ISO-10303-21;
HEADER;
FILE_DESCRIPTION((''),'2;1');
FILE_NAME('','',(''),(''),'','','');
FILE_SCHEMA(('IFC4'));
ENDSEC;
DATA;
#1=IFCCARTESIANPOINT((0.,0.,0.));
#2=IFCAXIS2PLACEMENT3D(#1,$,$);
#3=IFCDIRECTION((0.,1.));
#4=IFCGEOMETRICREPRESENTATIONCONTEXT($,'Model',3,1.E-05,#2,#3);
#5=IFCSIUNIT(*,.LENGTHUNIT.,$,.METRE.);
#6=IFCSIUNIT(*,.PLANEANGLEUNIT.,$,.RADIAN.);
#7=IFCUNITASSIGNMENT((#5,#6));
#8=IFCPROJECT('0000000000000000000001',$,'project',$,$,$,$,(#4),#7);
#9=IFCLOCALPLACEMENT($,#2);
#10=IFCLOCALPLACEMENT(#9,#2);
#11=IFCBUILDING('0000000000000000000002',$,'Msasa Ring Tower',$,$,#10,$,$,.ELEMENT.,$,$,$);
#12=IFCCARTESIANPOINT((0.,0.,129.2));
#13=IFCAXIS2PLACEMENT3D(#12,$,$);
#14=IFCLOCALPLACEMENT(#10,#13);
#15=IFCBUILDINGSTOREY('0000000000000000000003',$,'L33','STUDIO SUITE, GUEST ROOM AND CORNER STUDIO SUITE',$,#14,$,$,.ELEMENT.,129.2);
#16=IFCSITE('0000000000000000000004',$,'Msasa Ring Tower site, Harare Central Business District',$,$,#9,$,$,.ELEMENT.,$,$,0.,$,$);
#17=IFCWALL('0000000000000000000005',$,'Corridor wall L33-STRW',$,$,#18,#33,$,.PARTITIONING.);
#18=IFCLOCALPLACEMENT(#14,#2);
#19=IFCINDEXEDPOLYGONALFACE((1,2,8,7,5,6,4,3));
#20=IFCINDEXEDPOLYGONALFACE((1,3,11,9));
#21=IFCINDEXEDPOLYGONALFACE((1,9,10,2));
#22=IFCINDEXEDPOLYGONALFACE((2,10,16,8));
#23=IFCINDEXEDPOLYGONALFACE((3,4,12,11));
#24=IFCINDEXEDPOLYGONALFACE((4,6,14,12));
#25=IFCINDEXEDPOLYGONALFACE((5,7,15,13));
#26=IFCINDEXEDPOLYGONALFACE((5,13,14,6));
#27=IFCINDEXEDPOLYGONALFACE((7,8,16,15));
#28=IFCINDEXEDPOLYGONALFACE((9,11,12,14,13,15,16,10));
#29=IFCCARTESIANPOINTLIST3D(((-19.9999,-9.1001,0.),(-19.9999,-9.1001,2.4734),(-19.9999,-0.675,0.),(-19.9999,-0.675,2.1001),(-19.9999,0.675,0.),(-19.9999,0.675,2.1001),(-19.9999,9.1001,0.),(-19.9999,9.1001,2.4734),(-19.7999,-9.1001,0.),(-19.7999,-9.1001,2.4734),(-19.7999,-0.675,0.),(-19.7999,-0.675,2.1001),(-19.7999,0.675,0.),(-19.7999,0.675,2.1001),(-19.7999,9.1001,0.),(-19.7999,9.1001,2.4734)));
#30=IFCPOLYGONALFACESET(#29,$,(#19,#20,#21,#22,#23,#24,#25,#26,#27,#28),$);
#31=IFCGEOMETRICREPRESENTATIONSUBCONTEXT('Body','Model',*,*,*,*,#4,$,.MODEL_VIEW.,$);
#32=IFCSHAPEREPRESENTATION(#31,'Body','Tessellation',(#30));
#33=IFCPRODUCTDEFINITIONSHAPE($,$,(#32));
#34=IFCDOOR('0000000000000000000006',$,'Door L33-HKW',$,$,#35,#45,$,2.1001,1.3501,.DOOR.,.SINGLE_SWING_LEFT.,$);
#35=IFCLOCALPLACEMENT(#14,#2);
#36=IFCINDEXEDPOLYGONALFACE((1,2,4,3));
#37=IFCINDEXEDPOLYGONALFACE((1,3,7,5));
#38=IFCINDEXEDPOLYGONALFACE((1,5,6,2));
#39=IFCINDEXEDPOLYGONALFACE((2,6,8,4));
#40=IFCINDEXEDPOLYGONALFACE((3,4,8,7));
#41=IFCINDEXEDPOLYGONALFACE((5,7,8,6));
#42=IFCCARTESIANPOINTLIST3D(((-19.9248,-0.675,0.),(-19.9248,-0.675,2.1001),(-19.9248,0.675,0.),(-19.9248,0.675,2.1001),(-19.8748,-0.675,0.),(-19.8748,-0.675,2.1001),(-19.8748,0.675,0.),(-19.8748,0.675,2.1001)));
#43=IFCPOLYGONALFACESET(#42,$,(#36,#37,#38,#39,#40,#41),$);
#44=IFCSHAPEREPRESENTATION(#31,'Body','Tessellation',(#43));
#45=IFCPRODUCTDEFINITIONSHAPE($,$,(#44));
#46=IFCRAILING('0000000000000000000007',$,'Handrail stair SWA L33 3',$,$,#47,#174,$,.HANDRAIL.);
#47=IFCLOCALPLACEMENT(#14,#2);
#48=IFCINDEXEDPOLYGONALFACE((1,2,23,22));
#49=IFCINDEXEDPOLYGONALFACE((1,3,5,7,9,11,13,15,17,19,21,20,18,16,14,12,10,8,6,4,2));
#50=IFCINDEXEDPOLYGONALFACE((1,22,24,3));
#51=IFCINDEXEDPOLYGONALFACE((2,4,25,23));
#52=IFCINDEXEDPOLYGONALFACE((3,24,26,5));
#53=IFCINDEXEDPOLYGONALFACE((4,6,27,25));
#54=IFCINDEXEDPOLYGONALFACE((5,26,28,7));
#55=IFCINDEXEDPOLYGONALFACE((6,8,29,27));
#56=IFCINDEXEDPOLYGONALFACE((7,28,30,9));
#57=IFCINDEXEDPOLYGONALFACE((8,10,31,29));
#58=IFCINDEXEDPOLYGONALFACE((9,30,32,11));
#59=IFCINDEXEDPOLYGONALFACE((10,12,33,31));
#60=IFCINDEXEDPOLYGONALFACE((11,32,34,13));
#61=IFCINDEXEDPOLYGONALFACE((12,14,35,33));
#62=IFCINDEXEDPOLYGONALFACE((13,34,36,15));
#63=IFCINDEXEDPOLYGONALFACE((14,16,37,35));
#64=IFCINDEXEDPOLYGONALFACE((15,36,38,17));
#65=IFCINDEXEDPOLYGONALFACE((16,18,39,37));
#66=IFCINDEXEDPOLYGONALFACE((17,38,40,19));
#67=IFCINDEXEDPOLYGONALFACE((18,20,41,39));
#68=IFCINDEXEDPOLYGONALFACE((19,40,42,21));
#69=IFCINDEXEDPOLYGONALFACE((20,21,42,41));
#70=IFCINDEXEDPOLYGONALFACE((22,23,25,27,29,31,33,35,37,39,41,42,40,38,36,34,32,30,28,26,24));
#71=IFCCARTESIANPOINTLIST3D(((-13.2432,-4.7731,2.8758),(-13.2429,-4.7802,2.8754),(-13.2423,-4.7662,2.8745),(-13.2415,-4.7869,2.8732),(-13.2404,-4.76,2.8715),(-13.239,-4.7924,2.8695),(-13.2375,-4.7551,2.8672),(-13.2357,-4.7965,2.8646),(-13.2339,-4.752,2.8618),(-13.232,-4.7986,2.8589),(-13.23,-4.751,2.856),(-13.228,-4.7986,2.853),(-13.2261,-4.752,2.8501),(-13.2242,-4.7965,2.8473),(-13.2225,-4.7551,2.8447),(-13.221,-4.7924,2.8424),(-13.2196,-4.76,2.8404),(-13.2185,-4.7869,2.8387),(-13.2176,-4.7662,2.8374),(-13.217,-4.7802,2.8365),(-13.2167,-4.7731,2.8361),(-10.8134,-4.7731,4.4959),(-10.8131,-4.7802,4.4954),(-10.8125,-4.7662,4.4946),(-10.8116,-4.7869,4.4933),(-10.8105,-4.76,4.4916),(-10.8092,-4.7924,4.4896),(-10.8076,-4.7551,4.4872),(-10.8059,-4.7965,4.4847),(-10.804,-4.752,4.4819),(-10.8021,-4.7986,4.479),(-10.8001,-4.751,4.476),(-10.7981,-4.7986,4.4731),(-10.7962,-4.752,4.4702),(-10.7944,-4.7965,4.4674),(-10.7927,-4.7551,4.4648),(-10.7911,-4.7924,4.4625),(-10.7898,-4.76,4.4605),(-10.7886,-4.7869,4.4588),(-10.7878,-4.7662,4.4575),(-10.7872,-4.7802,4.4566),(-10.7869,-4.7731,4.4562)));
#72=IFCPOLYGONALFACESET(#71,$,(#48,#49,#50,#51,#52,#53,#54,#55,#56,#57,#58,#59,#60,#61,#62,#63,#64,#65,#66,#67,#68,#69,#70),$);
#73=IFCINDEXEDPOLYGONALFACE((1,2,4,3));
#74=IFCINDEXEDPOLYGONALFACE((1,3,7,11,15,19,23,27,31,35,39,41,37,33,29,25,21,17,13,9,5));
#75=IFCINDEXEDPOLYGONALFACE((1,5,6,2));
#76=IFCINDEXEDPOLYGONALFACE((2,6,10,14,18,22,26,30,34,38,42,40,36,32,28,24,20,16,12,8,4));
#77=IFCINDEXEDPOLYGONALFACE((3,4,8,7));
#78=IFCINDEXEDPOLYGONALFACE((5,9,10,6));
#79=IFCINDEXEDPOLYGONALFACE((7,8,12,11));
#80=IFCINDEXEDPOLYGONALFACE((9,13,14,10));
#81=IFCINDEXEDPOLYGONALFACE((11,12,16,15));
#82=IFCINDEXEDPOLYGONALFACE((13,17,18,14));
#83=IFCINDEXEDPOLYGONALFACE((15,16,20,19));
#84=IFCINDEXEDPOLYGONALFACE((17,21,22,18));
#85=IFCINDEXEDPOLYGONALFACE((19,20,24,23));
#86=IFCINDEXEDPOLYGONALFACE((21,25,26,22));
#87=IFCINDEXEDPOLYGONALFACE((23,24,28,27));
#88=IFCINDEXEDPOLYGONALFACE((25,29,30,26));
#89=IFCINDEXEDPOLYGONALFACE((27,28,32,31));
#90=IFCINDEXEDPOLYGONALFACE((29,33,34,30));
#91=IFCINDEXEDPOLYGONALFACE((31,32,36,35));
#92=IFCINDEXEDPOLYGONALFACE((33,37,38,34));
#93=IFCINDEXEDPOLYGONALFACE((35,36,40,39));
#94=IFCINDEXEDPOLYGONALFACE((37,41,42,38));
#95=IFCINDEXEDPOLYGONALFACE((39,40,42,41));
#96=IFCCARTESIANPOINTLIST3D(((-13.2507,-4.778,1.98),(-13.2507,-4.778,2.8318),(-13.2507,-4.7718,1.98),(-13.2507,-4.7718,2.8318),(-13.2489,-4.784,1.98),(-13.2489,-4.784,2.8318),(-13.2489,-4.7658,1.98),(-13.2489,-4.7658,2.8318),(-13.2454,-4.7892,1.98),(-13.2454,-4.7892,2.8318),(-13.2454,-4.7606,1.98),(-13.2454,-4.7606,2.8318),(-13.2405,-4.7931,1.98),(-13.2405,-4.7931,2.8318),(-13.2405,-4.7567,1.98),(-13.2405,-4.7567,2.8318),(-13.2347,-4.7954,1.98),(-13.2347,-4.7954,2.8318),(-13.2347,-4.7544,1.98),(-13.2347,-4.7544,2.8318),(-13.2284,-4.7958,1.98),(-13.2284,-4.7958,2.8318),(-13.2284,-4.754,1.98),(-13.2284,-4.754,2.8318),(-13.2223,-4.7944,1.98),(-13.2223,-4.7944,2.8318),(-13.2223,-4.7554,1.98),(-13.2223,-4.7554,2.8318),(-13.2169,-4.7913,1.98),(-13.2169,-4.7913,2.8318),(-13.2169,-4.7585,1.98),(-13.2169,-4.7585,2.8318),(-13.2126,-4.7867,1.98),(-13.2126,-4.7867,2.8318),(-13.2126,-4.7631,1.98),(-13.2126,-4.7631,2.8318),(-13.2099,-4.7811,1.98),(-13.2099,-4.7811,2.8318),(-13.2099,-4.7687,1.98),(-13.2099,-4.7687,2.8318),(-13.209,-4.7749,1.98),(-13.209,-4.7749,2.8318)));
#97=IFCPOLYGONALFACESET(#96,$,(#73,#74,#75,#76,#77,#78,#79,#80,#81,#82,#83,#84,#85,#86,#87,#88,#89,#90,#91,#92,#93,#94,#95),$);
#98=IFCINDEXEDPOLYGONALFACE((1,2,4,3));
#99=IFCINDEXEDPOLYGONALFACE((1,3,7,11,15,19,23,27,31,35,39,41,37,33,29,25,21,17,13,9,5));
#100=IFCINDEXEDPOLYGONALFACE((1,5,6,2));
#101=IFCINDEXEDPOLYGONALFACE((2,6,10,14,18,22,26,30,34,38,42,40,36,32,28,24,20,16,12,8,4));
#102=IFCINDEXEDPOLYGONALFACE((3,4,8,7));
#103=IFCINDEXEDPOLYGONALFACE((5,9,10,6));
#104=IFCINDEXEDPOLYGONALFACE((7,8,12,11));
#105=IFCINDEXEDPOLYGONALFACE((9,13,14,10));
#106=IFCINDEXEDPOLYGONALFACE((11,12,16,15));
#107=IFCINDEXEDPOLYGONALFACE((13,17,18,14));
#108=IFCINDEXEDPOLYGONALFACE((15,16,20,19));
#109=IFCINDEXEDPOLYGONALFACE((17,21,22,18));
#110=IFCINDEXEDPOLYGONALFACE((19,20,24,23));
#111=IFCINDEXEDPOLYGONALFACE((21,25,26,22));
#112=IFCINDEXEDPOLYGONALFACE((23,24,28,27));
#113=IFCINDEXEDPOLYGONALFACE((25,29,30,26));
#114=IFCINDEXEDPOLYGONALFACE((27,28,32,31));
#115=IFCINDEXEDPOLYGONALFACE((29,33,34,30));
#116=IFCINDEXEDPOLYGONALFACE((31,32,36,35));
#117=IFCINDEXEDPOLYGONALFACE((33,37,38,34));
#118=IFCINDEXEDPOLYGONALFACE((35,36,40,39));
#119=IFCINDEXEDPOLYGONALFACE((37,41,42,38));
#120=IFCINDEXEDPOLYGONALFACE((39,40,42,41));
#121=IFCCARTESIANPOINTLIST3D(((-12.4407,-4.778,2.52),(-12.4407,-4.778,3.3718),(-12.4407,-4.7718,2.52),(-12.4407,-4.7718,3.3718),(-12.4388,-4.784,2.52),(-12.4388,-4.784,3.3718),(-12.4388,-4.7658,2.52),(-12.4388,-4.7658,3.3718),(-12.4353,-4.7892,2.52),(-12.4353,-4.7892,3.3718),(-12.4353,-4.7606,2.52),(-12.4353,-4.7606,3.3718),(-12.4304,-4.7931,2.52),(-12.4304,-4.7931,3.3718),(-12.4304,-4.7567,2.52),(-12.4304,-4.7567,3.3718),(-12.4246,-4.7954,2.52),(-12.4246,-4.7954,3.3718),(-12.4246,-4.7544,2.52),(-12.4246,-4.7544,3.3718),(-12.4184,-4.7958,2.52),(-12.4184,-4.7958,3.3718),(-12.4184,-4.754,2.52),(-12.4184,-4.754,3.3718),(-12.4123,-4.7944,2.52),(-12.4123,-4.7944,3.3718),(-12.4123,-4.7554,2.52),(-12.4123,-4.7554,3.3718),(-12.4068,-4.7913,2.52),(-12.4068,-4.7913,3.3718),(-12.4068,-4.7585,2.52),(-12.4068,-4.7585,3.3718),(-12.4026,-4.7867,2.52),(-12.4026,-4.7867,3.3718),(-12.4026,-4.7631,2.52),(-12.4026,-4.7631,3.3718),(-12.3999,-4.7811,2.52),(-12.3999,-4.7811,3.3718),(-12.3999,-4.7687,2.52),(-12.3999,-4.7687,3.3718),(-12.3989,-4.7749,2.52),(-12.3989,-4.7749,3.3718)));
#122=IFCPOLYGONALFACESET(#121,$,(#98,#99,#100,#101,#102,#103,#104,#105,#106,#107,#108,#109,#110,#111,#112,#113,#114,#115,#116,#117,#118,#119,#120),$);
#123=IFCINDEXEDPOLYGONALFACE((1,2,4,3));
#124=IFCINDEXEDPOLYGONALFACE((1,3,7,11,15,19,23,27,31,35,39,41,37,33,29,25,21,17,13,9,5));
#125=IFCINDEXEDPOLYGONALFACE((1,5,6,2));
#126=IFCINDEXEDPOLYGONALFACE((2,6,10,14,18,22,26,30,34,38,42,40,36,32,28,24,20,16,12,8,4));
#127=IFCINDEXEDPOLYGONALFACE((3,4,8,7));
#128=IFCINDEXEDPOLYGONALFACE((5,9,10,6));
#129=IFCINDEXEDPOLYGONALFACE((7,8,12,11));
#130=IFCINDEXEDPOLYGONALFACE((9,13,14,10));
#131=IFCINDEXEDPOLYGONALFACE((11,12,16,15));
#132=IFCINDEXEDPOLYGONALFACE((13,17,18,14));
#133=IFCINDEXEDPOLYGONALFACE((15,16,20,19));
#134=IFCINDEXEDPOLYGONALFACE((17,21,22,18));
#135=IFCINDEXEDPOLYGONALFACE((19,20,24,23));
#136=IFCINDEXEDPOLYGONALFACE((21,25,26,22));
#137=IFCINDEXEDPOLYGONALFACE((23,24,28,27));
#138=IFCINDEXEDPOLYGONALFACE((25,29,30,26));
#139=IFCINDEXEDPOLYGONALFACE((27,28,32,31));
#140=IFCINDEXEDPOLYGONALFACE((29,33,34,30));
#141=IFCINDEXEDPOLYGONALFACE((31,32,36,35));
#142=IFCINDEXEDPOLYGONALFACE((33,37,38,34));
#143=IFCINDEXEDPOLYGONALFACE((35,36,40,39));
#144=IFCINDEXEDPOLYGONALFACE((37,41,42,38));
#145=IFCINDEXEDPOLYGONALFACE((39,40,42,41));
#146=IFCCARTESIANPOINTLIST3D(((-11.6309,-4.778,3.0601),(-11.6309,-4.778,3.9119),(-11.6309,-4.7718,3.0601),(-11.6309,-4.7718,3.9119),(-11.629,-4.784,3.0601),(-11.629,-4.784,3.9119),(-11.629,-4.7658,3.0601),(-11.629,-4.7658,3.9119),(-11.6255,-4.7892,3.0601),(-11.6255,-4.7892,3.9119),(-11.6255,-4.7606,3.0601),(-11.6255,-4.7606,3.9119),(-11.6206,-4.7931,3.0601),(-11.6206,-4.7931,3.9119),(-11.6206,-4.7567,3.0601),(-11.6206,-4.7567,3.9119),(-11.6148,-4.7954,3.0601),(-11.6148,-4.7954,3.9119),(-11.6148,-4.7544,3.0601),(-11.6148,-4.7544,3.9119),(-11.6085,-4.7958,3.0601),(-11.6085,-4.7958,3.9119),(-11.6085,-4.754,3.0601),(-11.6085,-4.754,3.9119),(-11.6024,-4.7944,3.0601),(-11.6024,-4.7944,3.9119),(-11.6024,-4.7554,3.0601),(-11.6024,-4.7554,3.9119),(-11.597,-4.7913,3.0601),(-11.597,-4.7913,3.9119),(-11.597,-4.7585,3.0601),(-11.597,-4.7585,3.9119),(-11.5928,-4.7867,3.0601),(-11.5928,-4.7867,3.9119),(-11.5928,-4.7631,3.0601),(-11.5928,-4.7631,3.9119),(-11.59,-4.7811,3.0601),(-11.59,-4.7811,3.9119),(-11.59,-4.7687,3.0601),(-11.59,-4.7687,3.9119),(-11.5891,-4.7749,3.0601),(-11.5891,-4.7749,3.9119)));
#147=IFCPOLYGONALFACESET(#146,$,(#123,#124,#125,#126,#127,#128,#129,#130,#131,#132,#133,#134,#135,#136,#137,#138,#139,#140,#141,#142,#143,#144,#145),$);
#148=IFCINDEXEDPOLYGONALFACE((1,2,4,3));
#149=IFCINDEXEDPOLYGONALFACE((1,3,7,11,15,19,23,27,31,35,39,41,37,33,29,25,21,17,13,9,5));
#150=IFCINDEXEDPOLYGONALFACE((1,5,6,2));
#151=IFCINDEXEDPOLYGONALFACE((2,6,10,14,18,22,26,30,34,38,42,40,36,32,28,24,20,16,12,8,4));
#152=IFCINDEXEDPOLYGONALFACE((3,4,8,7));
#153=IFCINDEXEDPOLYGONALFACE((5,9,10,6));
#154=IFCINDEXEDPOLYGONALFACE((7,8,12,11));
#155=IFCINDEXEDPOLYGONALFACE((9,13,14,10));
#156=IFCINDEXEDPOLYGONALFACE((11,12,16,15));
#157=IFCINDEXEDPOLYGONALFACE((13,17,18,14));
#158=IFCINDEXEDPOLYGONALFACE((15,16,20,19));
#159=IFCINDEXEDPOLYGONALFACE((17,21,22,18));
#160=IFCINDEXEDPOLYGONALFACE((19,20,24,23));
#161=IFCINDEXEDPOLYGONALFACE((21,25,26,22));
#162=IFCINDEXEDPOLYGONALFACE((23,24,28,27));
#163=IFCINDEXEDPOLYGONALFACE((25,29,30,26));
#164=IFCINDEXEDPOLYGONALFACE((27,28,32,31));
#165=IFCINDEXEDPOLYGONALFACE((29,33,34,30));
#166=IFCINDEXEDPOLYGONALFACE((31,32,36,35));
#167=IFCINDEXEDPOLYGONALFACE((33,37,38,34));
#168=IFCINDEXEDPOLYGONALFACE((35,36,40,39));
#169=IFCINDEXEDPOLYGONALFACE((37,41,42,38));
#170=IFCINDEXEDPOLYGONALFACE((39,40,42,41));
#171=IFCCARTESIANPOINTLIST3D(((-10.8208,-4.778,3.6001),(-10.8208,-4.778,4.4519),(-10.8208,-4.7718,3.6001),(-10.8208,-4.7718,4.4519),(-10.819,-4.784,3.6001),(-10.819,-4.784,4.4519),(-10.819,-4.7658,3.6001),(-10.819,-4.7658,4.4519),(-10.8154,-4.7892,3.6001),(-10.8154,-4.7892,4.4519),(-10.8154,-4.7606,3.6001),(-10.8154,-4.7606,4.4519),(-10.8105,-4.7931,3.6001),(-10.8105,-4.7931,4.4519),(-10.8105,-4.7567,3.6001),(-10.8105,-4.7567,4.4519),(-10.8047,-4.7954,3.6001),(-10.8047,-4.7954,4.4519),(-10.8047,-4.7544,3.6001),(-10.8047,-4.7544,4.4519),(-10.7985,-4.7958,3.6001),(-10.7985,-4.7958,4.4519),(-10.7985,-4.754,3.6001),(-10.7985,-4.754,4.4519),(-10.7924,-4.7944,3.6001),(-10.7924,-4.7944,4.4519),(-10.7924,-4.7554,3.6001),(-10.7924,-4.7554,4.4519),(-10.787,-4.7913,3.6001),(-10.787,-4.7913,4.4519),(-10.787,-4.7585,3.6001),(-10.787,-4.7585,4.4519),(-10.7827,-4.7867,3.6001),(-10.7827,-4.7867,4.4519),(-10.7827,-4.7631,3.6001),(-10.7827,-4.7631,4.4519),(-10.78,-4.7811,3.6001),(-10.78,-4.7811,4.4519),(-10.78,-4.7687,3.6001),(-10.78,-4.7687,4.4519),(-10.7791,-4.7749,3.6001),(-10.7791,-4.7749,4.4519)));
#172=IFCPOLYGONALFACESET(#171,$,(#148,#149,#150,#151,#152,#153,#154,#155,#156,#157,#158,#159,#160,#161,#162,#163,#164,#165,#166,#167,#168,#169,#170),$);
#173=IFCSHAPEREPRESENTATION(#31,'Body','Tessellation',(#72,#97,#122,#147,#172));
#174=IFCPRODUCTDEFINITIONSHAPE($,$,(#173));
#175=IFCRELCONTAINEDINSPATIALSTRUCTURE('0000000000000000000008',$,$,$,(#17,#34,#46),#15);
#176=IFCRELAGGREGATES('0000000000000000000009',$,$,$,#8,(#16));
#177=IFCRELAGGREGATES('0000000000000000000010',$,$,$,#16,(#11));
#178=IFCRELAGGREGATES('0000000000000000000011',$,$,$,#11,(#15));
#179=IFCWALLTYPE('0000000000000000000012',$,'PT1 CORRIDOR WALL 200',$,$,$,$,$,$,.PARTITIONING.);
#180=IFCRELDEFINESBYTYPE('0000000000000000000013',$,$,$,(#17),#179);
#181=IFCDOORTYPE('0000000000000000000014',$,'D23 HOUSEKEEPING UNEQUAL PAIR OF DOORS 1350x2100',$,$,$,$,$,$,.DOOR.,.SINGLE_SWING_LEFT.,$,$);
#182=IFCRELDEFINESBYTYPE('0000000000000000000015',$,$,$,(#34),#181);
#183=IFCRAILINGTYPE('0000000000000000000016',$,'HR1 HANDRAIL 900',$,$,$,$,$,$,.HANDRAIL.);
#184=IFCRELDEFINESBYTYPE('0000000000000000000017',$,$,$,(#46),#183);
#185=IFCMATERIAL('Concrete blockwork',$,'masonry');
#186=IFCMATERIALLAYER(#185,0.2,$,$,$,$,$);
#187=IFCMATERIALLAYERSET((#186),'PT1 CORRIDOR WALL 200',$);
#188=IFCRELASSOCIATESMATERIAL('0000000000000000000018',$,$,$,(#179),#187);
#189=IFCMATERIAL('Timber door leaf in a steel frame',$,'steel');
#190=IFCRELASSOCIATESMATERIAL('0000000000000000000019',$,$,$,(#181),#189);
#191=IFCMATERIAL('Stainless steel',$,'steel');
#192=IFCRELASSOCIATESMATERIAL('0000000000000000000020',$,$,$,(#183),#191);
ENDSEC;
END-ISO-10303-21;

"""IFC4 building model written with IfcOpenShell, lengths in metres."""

from ifc_helpers import new_model, si_unit, direction, frame, frame_2d, origin, origin_2d, place, context, subcontext, project, spatial, rectangle, circle, extrude, material, layer, layer_set, type_object, element, fill, save


model = new_model("IFC4")

# Units and contexts
model_context = context("Model", 3, precision=1e-05, world=origin(), true_north=direction((0.0, 1.0)))
body_context = subcontext(model_context, "Body", "Model", "MODEL_VIEW")
ifc_project = project(units=[si_unit("LENGTHUNIT", "METRE"), si_unit("PLANEANGLEUNIT", "RADIAN")], contexts=[model_context])

# Site, building, storey
site_placement = place(None, origin())
site = spatial("IfcSite", under=ifc_project, at=site_placement, Name="Msasa Ring Tower site, Harare Central Business District", CompositionType="ELEMENT", RefElevation=0.0)
building_placement = place(site_placement, origin())
building = spatial("IfcBuilding", under=site, at=building_placement, Name="Msasa Ring Tower", CompositionType="ELEMENT")
storey_placement = place(building_placement, frame((0.0, 0.0, 129.2)))
storey = spatial("IfcBuildingStorey", under=building, at=storey_placement, Name="L33", Description="STUDIO SUITE, GUEST ROOM AND CORNER STUDIO SUITE", CompositionType="ELEMENT", Elevation=129.2)

# Wall, opening, door
ifc_material_1 = material(Name="Concrete blockwork", Category="masonry")
ifc_layer_1 = layer(ifc_material_1, 0.2)
ifc_layer_set_1 = layer_set([ifc_layer_1], Name="PT1 CORRIDOR WALL 200")
wall_type_1 = type_object("IfcWallType", Name="PT1 CORRIDOR WALL 200", PredefinedType="PARTITIONING", material=ifc_layer_set_1)
wall_1_placement = place(storey_placement, frame((-19.8999, -9.1001, 0.0), z_axis=(0.0, 0.0, 1.0), x_axis=(0.0, 1.0, 0.0)))
wall_1 = element("IfcWall", 1, at=wall_1_placement, inside=storey, type_object=wall_type_1, Name="Corridor wall L33-STRW", PredefinedType="PARTITIONING", context=body_context, shape_type="SweptSolid", body=[
    extrude(rectangle(XDim=18.2002, YDim=0.2, at=frame_2d((9.1001, 0.0))), origin(), (0.0, 0.0, 1.0), 2.4734),
])
opening_1_placement = place(wall_1_placement, frame((8.425, 0.0, 0.0)))
opening_1 = element("IfcOpeningElement", 2, at=opening_1_placement, cuts=wall_1, PredefinedType="OPENING", context=body_context, shape_type="SweptSolid", body=[
    extrude(rectangle(XDim=1.3501, YDim=2.1001, at=frame_2d((0.675, 1.05))), frame((0.0, 0.1099, 0.0), z_axis=(0.0, -1.0, 0.0), x_axis=(1.0, 0.0, 0.0)), (0.0, 0.0, 1.0), 0.22),
])
ifc_material_2 = material(Name="Timber door leaf in a steel frame", Category="steel")
door_type = type_object("IfcDoorType", Name="D23 HOUSEKEEPING UNEQUAL PAIR OF DOORS 1350x2100", OperationType="SINGLE_SWING_LEFT", PredefinedType="DOOR", material=ifc_material_2)
door_placement = place(opening_1_placement, origin())
door = element("IfcDoor", 3, at=door_placement, inside=storey, type_object=door_type, Name="Door L33-HKW", OperationType="SINGLE_SWING_LEFT", OverallHeight=2.1001, OverallWidth=1.3501, PredefinedType="DOOR", context=body_context, shape_type="SweptSolid", body=[
    extrude(rectangle(XDim=1.3501, YDim=2.1001, at=frame_2d((0.675, 1.05))), frame((0.0, 0.0249, 0.0), z_axis=(0.0, -1.0, 0.0), x_axis=(1.0, 0.0, 0.0)), (0.0, 0.0, 1.0), 0.05),
])
fill(opening_1, door)

# Railing
ifc_material_3 = material(Name="Stainless steel", Category="steel")
railing_type = type_object("IfcRailingType", Name="HR1 HANDRAIL 900", PredefinedType="HANDRAIL", material=ifc_material_3)
railing_placement = place(storey_placement, frame((-13.23, -4.7749, 1.98)))
element("IfcRailing", 4, at=railing_placement, inside=storey, type_object=railing_type, Name="Handrail stair SWA L33 3", PredefinedType="HANDRAIL", context=body_context, shape_type="SweptSolid", body=[
    extrude(circle(Radius=0.0239, at=origin_2d()), frame((0.0, 0.0, 0.876), z_axis=(0.832025, 0.0, 0.554739), x_axis=(0.0, 1.0, 0.0)), (0.0, 0.0, 1.0), 2.9204),
    extrude(circle(Radius=0.021, at=origin_2d()), origin(), (0.0, 0.0, 1.0), 0.8518),
    extrude(circle(Radius=0.021, at=origin_2d()), frame((0.8101, 0.0, 0.54)), (0.0, 0.0, 1.0), 0.8518),
    extrude(circle(Radius=0.021, at=origin_2d()), frame((1.6199, 0.0, 1.0801)), (0.0, 0.0, 1.0), 0.8518),
    extrude(circle(Radius=0.021, at=origin_2d()), frame((2.4299, 0.0, 1.6201)), (0.0, 0.0, 1.0), 0.8518),
])

save(model, "model.ifc")
